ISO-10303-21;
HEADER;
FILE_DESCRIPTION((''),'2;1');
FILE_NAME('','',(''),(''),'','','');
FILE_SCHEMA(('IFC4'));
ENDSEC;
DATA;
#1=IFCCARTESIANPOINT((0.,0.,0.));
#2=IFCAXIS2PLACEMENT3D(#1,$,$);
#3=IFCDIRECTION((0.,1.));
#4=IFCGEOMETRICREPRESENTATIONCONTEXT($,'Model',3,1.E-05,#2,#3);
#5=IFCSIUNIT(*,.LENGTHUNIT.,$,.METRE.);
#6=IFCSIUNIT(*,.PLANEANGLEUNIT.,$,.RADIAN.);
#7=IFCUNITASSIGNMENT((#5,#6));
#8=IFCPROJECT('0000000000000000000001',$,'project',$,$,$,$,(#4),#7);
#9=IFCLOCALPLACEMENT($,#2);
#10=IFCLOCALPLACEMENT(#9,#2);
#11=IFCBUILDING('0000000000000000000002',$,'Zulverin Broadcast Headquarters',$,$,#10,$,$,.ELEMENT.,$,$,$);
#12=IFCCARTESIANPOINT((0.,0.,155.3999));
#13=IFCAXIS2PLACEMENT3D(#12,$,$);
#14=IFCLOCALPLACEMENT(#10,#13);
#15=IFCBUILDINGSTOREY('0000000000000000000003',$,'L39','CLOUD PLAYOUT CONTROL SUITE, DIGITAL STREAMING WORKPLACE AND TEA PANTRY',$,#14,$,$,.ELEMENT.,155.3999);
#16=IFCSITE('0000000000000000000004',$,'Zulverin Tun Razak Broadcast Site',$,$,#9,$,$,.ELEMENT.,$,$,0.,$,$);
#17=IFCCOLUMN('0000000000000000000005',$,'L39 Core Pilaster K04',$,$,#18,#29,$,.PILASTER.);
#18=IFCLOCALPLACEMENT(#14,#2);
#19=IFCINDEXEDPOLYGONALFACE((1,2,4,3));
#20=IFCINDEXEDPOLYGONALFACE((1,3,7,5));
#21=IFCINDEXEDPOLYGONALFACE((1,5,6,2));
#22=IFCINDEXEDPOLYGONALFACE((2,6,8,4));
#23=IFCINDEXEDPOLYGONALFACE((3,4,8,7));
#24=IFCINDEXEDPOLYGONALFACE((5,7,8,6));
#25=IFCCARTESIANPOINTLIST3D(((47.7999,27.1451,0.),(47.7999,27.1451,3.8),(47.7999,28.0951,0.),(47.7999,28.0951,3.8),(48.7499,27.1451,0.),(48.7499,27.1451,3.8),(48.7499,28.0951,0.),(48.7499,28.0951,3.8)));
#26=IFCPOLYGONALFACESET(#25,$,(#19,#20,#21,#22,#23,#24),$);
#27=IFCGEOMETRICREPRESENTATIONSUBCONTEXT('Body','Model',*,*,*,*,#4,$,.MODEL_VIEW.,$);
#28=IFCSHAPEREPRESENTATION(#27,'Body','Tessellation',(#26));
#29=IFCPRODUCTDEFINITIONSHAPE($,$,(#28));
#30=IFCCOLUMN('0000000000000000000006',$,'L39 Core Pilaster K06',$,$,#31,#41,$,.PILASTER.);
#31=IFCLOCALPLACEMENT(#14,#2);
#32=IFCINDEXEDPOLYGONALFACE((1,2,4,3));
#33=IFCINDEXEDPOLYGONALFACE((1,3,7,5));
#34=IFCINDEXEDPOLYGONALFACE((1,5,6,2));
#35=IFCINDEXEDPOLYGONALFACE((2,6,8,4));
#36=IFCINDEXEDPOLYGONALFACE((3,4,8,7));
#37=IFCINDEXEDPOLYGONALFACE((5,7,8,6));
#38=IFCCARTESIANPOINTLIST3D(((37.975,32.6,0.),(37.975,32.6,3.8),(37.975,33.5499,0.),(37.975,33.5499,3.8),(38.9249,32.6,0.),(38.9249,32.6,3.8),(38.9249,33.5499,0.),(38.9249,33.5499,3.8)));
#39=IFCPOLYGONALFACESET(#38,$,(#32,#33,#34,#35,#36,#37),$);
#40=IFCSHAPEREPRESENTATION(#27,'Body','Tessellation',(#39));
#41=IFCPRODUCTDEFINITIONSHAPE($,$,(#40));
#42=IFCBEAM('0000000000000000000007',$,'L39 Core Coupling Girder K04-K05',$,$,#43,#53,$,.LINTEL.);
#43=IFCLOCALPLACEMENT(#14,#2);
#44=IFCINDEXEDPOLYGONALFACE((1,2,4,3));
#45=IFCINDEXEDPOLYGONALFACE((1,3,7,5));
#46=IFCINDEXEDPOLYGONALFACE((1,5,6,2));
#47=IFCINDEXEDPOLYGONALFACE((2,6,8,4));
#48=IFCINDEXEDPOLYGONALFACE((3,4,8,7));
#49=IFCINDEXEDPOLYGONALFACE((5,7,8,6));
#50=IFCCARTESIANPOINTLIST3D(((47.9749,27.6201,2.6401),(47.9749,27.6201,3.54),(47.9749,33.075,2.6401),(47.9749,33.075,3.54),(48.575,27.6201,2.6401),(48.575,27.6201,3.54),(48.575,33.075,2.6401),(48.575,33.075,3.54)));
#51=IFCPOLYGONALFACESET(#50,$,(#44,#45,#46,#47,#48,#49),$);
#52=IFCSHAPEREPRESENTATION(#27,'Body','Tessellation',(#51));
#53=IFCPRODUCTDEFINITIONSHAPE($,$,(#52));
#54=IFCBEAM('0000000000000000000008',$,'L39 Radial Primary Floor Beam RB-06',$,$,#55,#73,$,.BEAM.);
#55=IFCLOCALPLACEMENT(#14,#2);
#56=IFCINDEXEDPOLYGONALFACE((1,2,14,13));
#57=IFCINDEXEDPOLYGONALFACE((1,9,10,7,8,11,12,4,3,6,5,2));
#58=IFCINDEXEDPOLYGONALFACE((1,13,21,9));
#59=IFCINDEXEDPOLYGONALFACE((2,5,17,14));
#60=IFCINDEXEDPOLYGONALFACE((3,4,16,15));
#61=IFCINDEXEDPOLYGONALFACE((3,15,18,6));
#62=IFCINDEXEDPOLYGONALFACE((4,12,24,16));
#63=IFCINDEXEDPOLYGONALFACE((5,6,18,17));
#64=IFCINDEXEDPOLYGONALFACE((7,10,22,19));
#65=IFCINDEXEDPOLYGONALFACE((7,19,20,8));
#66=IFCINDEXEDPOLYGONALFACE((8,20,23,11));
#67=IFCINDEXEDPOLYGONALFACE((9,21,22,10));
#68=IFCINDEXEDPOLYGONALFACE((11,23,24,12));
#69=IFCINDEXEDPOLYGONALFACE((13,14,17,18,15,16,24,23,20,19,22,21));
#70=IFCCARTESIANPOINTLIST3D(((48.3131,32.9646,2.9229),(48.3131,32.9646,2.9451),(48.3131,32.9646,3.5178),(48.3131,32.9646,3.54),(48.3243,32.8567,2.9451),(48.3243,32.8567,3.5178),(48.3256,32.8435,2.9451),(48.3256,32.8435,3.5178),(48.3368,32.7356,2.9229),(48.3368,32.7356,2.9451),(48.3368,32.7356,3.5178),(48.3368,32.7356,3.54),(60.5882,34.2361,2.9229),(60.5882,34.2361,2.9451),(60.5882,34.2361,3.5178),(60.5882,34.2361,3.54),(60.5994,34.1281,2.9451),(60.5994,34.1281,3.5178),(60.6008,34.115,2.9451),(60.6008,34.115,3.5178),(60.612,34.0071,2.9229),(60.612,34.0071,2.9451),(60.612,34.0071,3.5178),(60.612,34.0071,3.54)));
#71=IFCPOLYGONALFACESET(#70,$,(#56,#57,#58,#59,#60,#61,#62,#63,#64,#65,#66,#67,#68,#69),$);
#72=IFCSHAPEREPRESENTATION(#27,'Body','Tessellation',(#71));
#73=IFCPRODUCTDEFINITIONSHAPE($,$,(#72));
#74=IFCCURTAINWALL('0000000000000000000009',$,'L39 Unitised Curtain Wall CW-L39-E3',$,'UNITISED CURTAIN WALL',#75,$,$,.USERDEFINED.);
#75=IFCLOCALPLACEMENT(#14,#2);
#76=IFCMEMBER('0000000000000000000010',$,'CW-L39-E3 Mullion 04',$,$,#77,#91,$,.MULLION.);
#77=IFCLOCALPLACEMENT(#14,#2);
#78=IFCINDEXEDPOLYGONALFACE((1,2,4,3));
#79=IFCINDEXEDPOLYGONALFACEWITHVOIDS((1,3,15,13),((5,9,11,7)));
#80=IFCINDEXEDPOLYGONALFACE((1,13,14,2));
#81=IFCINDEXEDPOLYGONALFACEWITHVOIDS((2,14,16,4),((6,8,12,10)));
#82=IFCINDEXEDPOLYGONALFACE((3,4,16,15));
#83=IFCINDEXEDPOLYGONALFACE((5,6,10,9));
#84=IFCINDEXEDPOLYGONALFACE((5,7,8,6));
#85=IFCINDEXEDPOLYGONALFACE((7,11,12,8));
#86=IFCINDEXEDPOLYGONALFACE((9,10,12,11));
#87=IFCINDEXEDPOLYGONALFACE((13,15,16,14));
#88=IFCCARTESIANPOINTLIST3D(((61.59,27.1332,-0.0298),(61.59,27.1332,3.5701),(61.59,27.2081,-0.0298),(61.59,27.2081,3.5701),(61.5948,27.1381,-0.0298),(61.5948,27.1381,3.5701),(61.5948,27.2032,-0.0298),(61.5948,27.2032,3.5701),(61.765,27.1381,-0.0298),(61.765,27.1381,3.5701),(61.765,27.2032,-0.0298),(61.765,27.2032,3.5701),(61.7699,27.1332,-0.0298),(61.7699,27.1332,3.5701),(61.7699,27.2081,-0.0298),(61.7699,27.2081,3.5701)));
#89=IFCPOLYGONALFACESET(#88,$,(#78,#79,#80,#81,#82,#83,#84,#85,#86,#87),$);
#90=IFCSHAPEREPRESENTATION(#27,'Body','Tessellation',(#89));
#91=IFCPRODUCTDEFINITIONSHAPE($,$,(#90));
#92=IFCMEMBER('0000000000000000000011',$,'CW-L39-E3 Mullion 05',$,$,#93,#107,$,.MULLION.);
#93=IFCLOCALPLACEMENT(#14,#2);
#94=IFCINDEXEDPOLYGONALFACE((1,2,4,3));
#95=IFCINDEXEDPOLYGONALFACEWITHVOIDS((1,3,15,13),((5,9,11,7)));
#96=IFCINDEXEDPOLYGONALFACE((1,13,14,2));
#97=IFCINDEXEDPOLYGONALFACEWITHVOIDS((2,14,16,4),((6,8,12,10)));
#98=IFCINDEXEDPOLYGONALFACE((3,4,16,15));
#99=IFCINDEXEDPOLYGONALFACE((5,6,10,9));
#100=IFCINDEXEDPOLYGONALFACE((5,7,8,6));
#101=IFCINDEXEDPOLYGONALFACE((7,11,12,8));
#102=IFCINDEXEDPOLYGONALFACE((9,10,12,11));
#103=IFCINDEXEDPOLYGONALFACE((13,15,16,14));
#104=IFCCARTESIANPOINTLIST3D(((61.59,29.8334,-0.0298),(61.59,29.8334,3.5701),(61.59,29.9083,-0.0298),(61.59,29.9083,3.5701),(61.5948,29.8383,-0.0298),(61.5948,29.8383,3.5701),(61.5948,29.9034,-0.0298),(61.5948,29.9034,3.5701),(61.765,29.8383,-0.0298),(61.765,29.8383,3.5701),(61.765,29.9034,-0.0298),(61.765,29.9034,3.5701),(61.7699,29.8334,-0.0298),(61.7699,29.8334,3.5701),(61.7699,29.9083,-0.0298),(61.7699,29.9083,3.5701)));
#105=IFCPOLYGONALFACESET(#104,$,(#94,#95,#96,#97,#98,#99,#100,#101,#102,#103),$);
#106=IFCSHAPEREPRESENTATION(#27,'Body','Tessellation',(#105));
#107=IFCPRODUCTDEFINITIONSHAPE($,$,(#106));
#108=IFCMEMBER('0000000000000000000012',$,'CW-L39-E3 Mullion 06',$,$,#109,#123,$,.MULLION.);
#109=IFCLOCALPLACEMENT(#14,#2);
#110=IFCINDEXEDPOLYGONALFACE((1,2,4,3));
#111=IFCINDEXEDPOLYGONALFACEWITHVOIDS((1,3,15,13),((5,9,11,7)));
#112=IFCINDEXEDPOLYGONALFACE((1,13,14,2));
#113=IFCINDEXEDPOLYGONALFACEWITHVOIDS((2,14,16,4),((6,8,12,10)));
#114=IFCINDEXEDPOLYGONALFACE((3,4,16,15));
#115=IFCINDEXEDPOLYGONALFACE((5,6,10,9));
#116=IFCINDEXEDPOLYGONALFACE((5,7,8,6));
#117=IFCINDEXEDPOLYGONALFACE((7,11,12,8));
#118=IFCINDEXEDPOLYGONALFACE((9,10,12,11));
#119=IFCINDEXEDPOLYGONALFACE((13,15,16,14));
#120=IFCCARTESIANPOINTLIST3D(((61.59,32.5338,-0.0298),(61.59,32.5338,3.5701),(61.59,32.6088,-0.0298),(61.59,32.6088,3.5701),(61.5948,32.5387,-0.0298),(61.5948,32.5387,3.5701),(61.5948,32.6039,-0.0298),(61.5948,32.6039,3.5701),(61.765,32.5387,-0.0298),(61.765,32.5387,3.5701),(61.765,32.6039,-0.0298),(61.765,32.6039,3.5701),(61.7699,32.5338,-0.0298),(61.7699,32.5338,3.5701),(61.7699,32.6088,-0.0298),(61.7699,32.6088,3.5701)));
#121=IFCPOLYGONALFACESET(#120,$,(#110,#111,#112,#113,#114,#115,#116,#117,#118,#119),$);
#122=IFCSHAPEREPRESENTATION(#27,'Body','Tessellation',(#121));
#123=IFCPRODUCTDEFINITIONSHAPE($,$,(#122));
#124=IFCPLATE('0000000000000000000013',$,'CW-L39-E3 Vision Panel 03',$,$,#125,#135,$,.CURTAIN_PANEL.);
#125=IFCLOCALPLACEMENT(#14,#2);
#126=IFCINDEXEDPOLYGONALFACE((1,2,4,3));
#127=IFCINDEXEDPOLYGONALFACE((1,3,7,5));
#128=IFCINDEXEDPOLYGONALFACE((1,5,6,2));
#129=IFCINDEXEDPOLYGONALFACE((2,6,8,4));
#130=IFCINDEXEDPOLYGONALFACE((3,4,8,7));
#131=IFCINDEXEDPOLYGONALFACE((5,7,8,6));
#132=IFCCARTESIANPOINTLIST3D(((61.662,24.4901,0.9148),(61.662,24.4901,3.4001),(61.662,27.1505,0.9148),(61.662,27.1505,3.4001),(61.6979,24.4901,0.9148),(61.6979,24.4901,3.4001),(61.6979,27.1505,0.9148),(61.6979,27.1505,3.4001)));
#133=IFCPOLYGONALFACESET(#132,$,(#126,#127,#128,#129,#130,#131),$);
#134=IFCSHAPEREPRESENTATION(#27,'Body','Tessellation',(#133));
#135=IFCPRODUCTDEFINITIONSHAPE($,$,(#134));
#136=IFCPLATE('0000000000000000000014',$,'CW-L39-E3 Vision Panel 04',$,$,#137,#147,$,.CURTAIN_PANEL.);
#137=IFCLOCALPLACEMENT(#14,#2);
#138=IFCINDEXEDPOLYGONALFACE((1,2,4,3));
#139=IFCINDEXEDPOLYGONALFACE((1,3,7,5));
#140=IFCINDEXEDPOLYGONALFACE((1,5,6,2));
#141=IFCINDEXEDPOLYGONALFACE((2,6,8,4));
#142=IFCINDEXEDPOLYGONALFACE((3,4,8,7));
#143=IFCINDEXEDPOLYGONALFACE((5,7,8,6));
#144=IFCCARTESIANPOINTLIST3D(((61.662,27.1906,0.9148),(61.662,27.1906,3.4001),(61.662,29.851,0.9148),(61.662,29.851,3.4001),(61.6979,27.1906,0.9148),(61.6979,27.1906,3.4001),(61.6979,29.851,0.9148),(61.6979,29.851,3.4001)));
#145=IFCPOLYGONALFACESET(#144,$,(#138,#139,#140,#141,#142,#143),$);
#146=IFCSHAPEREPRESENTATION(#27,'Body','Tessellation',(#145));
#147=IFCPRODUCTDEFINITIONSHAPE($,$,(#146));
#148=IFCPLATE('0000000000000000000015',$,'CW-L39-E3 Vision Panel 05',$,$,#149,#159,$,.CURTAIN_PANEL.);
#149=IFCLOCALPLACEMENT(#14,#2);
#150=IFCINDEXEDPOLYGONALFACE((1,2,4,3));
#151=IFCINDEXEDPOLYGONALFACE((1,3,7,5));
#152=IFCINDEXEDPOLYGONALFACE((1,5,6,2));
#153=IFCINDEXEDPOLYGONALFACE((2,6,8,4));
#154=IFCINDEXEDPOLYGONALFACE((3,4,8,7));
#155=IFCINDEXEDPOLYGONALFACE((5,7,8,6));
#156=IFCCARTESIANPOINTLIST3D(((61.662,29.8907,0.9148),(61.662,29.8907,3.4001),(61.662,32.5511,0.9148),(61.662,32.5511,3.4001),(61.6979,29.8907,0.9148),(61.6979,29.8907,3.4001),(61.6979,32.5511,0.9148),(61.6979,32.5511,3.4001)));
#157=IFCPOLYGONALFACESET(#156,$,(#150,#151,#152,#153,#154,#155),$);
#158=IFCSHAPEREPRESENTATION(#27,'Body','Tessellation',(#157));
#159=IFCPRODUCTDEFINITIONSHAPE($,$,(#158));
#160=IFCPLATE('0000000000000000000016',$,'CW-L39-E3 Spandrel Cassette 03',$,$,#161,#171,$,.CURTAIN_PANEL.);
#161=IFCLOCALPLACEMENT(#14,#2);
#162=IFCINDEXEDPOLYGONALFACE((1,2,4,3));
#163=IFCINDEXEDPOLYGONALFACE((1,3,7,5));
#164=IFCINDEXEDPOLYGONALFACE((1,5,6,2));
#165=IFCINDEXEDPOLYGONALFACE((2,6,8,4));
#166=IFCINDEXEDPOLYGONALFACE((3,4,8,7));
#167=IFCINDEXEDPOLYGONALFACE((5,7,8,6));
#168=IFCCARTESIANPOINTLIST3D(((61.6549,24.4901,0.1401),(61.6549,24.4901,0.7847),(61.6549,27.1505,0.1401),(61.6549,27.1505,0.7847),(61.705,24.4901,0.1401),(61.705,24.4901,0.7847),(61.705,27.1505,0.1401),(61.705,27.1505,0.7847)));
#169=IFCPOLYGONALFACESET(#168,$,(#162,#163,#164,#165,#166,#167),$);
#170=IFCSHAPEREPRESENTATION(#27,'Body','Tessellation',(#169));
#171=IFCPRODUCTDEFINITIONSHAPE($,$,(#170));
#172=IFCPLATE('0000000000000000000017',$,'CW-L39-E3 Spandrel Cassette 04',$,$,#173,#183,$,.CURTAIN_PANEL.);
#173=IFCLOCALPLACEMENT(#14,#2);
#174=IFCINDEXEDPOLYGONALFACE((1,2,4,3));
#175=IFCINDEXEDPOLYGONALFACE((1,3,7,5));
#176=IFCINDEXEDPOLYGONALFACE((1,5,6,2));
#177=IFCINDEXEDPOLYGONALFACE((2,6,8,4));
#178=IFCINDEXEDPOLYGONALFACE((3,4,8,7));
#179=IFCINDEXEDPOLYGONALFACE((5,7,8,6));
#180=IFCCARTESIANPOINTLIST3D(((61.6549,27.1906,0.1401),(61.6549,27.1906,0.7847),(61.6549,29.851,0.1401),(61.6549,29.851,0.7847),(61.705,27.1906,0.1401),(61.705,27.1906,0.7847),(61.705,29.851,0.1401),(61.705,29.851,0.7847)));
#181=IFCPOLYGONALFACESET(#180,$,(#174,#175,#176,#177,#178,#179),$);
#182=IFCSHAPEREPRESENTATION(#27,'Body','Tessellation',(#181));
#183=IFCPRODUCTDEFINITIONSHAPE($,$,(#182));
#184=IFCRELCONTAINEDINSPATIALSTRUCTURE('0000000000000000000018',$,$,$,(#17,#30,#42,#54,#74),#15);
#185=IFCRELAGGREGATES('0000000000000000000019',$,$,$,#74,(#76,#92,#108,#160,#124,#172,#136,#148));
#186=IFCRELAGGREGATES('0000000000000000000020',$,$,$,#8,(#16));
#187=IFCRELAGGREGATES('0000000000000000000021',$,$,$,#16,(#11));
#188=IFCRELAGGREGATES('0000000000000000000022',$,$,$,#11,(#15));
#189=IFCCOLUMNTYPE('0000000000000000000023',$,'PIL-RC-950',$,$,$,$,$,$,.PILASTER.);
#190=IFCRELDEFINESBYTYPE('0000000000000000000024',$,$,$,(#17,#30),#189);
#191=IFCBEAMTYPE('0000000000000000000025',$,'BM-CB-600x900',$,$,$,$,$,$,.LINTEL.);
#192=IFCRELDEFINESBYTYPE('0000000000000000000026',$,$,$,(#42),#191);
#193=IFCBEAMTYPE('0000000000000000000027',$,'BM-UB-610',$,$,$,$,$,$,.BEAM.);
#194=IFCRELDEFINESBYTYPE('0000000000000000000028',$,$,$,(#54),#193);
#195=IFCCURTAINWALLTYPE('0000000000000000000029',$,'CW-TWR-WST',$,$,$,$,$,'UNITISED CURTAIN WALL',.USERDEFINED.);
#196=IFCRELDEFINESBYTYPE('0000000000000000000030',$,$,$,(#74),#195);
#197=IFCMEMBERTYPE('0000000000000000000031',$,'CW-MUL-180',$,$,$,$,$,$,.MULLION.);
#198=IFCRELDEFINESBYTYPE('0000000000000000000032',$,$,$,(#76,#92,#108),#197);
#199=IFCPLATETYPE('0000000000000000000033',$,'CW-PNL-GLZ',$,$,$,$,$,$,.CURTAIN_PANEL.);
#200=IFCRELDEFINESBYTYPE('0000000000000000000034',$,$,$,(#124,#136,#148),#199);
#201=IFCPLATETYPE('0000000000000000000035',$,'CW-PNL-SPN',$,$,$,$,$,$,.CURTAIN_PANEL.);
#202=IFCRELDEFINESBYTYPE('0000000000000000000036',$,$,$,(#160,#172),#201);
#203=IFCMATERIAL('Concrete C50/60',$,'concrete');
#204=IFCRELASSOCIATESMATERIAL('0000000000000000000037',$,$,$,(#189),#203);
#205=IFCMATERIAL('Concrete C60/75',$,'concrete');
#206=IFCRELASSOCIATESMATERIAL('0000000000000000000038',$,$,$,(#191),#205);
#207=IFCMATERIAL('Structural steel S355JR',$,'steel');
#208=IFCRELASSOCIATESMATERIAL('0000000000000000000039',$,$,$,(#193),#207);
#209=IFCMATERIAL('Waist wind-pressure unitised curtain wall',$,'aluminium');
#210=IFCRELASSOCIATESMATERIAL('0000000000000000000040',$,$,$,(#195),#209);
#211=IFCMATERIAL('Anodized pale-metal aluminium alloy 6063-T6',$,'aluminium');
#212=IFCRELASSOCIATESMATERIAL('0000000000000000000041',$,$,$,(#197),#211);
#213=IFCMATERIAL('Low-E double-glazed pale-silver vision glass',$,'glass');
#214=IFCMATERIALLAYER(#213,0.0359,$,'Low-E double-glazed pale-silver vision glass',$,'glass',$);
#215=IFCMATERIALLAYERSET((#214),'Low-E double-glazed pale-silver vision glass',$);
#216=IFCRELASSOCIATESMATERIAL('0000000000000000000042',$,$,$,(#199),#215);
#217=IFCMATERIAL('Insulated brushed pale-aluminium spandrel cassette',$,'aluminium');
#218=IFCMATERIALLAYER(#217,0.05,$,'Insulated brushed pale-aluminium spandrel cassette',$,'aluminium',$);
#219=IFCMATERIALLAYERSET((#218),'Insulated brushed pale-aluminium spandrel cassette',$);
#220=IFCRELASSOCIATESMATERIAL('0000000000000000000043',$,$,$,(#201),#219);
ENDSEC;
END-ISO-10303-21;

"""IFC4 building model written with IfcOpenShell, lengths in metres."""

from ifc_helpers import new_model, si_unit, direction, frame, origin, origin_2d, place, context, subcontext, project, spatial, rectangle, hollow_rectangle, i_section, extrude, material, layer, layer_set, material_profile, profile_set, type_object, element, aggregate, save


model = new_model("IFC4")

# Units and contexts
model_context = context("Model", 3, precision=1e-05, world=origin(), true_north=direction((0.0, 1.0)))
body_context = subcontext(model_context, "Body", "Model", "MODEL_VIEW")
ifc_project = project(units=[si_unit("LENGTHUNIT", "METRE"), si_unit("PLANEANGLEUNIT", "RADIAN")], contexts=[model_context])

# Site, building, storey
site_placement = place(None, origin())
site = spatial("IfcSite", under=ifc_project, at=site_placement, Name="Zulverin Tun Razak Broadcast Site", CompositionType="ELEMENT", RefElevation=0.0)
building_placement = place(site_placement, origin())
building = spatial("IfcBuilding", under=site, at=building_placement, Name="Zulverin Broadcast Headquarters", CompositionType="ELEMENT")
storey_placement = place(building_placement, frame((0.0, 0.0, 155.3999)))
storey = spatial("IfcBuildingStorey", under=building, at=storey_placement, Name="L39", Description="CLOUD PLAYOUT CONTROL SUITE, DIGITAL STREAMING WORKPLACE AND TEA PANTRY", CompositionType="ELEMENT", Elevation=155.3999)

# Columns
ifc_material_1 = material(Name="Concrete C50/60", Category="concrete")
ifc_material_profile_1 = material_profile(ifc_material_1, rectangle(XDim=0.95, YDim=0.95, at=origin_2d()), Name="Concrete C50/60", Category="concrete")
ifc_profile_set_1 = profile_set([ifc_material_profile_1], Name="Concrete C50/60")
column_type = type_object("IfcColumnType", Name="PIL-RC-950", PredefinedType="PILASTER", material=ifc_profile_set_1)
for number, where, z_axis, x_axis, name in (
    (1, (48.2749, 27.6201, 0.0), (0.0, 0.0, 1.0), (1.0, 0.0, 0.0), "L39 Core Pilaster K04"),
    (2, (38.45, 33.075, 0.0), (0.0, 0.0, 1.0), (1.0, 0.0, 0.0), "L39 Core Pilaster K06"),
):
    element("IfcColumn", number, at=place(storey_placement, frame(where, z_axis=z_axis, x_axis=x_axis)), inside=storey, type_object=column_type, Name=name, PredefinedType="PILASTER", context=body_context, shape_type="SweptSolid", body=[
        extrude(rectangle(XDim=0.95, YDim=0.95, at=origin_2d()), origin(), (0.0, 0.0, 1.0), 3.8),
    ])

# Beams
ifc_material_2 = material(Name="Concrete C60/75", Category="concrete")
ifc_material_profile_2 = material_profile(ifc_material_2, rectangle(XDim=0.6001, YDim=0.8999, at=origin_2d()), Name="Concrete C60/75", Category="concrete")
ifc_profile_set_2 = profile_set([ifc_material_profile_2], Name="Concrete C60/75")
beam_type_1 = type_object("IfcBeamType", Name="BM-CB-600x900", PredefinedType="LINTEL", material=ifc_profile_set_2)
beam_1_placement = place(storey_placement, frame((48.2749, 27.6201, 3.0901), z_axis=(0.0, 1.0, 0.0), x_axis=(-1.0, 0.0, 0.0)))
element("IfcBeam", 3, at=beam_1_placement, inside=storey, type_object=beam_type_1, Name="L39 Core Coupling Girder K04-K05", PredefinedType="LINTEL", context=body_context, shape_type="SweptSolid", body=[
    extrude(rectangle(XDim=0.6001, YDim=0.8999, at=origin_2d()), origin(), (0.0, 0.0, 1.0), 5.4548),
])
ifc_material_3 = material(Name="Structural steel S355JR", Category="steel")
ifc_material_profile_3 = material_profile(ifc_material_3, i_section(OverallWidth=0.2302, OverallDepth=0.6172, WebThickness=0.0132, FlangeThickness=0.0222, at=origin_2d()), Name="Structural steel S355JR", Category="steel")
ifc_profile_set_3 = profile_set([ifc_material_profile_3], Name="Structural steel S355JR")
beam_type_2 = type_object("IfcBeamType", Name="BM-UB-610", PredefinedType="BEAM", material=ifc_profile_set_3)
beam_2_placement = place(storey_placement, frame((48.325, 32.8501, 3.2314), z_axis=(0.994678, 0.103031, 0.0), x_axis=(-0.103031, 0.994678, 0.0)))
element("IfcBeam", 4, at=beam_2_placement, inside=storey, type_object=beam_type_2, Name="L39 Radial Primary Floor Beam RB-06", PredefinedType="BEAM", context=body_context, shape_type="SweptSolid", body=[
    extrude(i_section(OverallWidth=0.2302, OverallDepth=0.6172, WebThickness=0.0132, FlangeThickness=0.0222, at=origin_2d()), origin(), (0.0, 0.0, 1.0), 12.3408),
])

# Curtain wall, members, plates
ifc_material_4 = material(Name="Waist wind-pressure unitised curtain wall", Category="aluminium")
curtain_wall_type = type_object("IfcCurtainWallType", Name="CW-TWR-WST", ElementType="UNITISED CURTAIN WALL", PredefinedType="USERDEFINED", material=ifc_material_4)
curtain_wall_placement = place(storey_placement, origin())
curtain_wall = element("IfcCurtainWall", 5, at=curtain_wall_placement, inside=storey, type_object=curtain_wall_type, Name="L39 Unitised Curtain Wall CW-L39-E3", ObjectType="UNITISED CURTAIN WALL", PredefinedType="USERDEFINED")
ifc_material_5 = material(Name="Anodized pale-metal aluminium alloy 6063-T6", Category="aluminium")
ifc_material_profile_4 = material_profile(ifc_material_5, hollow_rectangle(XDim=0.075, YDim=0.1799, WallThickness=0.0049, at=origin_2d()), Name="Anodized pale-metal aluminium alloy 6063-T6", Category="aluminium")
ifc_profile_set_4 = profile_set([ifc_material_profile_4], Name="Anodized pale-metal aluminium alloy 6063-T6")
member_type = type_object("IfcMemberType", Name="CW-MUL-180", PredefinedType="MULLION", material=ifc_profile_set_4)
member_1_placement = place(storey_placement, frame((61.6799, 27.1707, -0.0298), z_axis=(0.0, 0.0, 1.0), x_axis=(0.0, 1.0, 0.0)))
member_1 = element("IfcMember", 6, at=member_1_placement, type_object=member_type, Name="CW-L39-E3 Mullion 04", PredefinedType="MULLION", context=body_context, shape_type="SweptSolid", body=[
    extrude(hollow_rectangle(XDim=0.075, YDim=0.1799, WallThickness=0.0049, at=origin_2d()), origin(), (0.0, 0.0, 1.0), 3.5999),
])
member_2_placement = place(storey_placement, frame((61.6799, 29.8708, -0.0298), z_axis=(0.0, 0.0, 1.0), x_axis=(0.0, 1.0, 0.0)))
member_2 = element("IfcMember", 7, at=member_2_placement, type_object=member_type, Name="CW-L39-E3 Mullion 05", PredefinedType="MULLION", context=body_context, shape_type="SweptSolid", body=[
    extrude(hollow_rectangle(XDim=0.075, YDim=0.1799, WallThickness=0.0049, at=origin_2d()), origin(), (0.0, 0.0, 1.0), 3.5999),
])
member_3_placement = place(storey_placement, frame((61.6799, 32.5713, -0.0298), z_axis=(0.0, 0.0, 1.0), x_axis=(0.0, 1.0, 0.0)))
member_3 = element("IfcMember", 8, at=member_3_placement, type_object=member_type, Name="CW-L39-E3 Mullion 06", PredefinedType="MULLION", context=body_context, shape_type="SweptSolid", body=[
    extrude(hollow_rectangle(XDim=0.075, YDim=0.1799, WallThickness=0.0049, at=origin_2d()), origin(), (0.0, 0.0, 1.0), 3.5999),
])
ifc_material_6 = material(Name="Low-E double-glazed pale-silver vision glass", Category="glass")
ifc_layer_1 = layer(ifc_material_6, 0.0359, Name="Low-E double-glazed pale-silver vision glass", Category="glass")
ifc_layer_set_1 = layer_set([ifc_layer_1], Name="Low-E double-glazed pale-silver vision glass")
plate_type_1 = type_object("IfcPlateType", Name="CW-PNL-GLZ", PredefinedType="CURTAIN_PANEL", material=ifc_layer_set_1)
plate_1_placement = place(storey_placement, frame((61.6799, 25.8203, 0.9148), z_axis=(0.0, 0.0, 1.0), x_axis=(0.0, 1.0, 0.0)))
plate_1 = element("IfcPlate", 9, at=plate_1_placement, type_object=plate_type_1, Name="CW-L39-E3 Vision Panel 03", PredefinedType="CURTAIN_PANEL", context=body_context, shape_type="SweptSolid", body=[
    extrude(rectangle(XDim=2.6604, YDim=0.0359, at=origin_2d()), origin(), (0.0, 0.0, 1.0), 2.4854),
])
plate_2_placement = place(storey_placement, frame((61.6799, 28.5208, 0.9148), z_axis=(0.0, 0.0, 1.0), x_axis=(0.0, 1.0, 0.0)))
plate_2 = element("IfcPlate", 10, at=plate_2_placement, type_object=plate_type_1, Name="CW-L39-E3 Vision Panel 04", PredefinedType="CURTAIN_PANEL", context=body_context, shape_type="SweptSolid", body=[
    extrude(rectangle(XDim=2.6604, YDim=0.0359, at=origin_2d()), origin(), (0.0, 0.0, 1.0), 2.4854),
])
plate_3_placement = place(storey_placement, frame((61.6799, 31.2209, 0.9148), z_axis=(0.0, 0.0, 1.0), x_axis=(0.0, 1.0, 0.0)))
plate_3 = element("IfcPlate", 11, at=plate_3_placement, type_object=plate_type_1, Name="CW-L39-E3 Vision Panel 05", PredefinedType="CURTAIN_PANEL", context=body_context, shape_type="SweptSolid", body=[
    extrude(rectangle(XDim=2.6604, YDim=0.0359, at=origin_2d()), origin(), (0.0, 0.0, 1.0), 2.4854),
])
ifc_material_7 = material(Name="Insulated brushed pale-aluminium spandrel cassette", Category="aluminium")
ifc_layer_2 = layer(ifc_material_7, 0.05, Name="Insulated brushed pale-aluminium spandrel cassette", Category="aluminium")
ifc_layer_set_2 = layer_set([ifc_layer_2], Name="Insulated brushed pale-aluminium spandrel cassette")
plate_type_2 = type_object("IfcPlateType", Name="CW-PNL-SPN", PredefinedType="CURTAIN_PANEL", material=ifc_layer_set_2)
plate_4_placement = place(storey_placement, frame((61.6799, 25.8203, 0.1401), z_axis=(0.0, 0.0, 1.0), x_axis=(0.0, 1.0, 0.0)))
plate_4 = element("IfcPlate", 12, at=plate_4_placement, type_object=plate_type_2, Name="CW-L39-E3 Spandrel Cassette 03", PredefinedType="CURTAIN_PANEL", context=body_context, shape_type="SweptSolid", body=[
    extrude(rectangle(XDim=2.6604, YDim=0.05, at=origin_2d()), origin(), (0.0, 0.0, 1.0), 0.6445),
])
plate_5_placement = place(storey_placement, frame((61.6799, 28.5208, 0.1401), z_axis=(0.0, 0.0, 1.0), x_axis=(0.0, 1.0, 0.0)))
plate_5 = element("IfcPlate", 13, at=plate_5_placement, type_object=plate_type_2, Name="CW-L39-E3 Spandrel Cassette 04", PredefinedType="CURTAIN_PANEL", context=body_context, shape_type="SweptSolid", body=[
    extrude(rectangle(XDim=2.6604, YDim=0.05, at=origin_2d()), origin(), (0.0, 0.0, 1.0), 0.6445),
])
aggregate(curtain_wall, [member_1, member_2, member_3, plate_4, plate_1, plate_5, plate_2, plate_3])

save(model, "model.ifc")
